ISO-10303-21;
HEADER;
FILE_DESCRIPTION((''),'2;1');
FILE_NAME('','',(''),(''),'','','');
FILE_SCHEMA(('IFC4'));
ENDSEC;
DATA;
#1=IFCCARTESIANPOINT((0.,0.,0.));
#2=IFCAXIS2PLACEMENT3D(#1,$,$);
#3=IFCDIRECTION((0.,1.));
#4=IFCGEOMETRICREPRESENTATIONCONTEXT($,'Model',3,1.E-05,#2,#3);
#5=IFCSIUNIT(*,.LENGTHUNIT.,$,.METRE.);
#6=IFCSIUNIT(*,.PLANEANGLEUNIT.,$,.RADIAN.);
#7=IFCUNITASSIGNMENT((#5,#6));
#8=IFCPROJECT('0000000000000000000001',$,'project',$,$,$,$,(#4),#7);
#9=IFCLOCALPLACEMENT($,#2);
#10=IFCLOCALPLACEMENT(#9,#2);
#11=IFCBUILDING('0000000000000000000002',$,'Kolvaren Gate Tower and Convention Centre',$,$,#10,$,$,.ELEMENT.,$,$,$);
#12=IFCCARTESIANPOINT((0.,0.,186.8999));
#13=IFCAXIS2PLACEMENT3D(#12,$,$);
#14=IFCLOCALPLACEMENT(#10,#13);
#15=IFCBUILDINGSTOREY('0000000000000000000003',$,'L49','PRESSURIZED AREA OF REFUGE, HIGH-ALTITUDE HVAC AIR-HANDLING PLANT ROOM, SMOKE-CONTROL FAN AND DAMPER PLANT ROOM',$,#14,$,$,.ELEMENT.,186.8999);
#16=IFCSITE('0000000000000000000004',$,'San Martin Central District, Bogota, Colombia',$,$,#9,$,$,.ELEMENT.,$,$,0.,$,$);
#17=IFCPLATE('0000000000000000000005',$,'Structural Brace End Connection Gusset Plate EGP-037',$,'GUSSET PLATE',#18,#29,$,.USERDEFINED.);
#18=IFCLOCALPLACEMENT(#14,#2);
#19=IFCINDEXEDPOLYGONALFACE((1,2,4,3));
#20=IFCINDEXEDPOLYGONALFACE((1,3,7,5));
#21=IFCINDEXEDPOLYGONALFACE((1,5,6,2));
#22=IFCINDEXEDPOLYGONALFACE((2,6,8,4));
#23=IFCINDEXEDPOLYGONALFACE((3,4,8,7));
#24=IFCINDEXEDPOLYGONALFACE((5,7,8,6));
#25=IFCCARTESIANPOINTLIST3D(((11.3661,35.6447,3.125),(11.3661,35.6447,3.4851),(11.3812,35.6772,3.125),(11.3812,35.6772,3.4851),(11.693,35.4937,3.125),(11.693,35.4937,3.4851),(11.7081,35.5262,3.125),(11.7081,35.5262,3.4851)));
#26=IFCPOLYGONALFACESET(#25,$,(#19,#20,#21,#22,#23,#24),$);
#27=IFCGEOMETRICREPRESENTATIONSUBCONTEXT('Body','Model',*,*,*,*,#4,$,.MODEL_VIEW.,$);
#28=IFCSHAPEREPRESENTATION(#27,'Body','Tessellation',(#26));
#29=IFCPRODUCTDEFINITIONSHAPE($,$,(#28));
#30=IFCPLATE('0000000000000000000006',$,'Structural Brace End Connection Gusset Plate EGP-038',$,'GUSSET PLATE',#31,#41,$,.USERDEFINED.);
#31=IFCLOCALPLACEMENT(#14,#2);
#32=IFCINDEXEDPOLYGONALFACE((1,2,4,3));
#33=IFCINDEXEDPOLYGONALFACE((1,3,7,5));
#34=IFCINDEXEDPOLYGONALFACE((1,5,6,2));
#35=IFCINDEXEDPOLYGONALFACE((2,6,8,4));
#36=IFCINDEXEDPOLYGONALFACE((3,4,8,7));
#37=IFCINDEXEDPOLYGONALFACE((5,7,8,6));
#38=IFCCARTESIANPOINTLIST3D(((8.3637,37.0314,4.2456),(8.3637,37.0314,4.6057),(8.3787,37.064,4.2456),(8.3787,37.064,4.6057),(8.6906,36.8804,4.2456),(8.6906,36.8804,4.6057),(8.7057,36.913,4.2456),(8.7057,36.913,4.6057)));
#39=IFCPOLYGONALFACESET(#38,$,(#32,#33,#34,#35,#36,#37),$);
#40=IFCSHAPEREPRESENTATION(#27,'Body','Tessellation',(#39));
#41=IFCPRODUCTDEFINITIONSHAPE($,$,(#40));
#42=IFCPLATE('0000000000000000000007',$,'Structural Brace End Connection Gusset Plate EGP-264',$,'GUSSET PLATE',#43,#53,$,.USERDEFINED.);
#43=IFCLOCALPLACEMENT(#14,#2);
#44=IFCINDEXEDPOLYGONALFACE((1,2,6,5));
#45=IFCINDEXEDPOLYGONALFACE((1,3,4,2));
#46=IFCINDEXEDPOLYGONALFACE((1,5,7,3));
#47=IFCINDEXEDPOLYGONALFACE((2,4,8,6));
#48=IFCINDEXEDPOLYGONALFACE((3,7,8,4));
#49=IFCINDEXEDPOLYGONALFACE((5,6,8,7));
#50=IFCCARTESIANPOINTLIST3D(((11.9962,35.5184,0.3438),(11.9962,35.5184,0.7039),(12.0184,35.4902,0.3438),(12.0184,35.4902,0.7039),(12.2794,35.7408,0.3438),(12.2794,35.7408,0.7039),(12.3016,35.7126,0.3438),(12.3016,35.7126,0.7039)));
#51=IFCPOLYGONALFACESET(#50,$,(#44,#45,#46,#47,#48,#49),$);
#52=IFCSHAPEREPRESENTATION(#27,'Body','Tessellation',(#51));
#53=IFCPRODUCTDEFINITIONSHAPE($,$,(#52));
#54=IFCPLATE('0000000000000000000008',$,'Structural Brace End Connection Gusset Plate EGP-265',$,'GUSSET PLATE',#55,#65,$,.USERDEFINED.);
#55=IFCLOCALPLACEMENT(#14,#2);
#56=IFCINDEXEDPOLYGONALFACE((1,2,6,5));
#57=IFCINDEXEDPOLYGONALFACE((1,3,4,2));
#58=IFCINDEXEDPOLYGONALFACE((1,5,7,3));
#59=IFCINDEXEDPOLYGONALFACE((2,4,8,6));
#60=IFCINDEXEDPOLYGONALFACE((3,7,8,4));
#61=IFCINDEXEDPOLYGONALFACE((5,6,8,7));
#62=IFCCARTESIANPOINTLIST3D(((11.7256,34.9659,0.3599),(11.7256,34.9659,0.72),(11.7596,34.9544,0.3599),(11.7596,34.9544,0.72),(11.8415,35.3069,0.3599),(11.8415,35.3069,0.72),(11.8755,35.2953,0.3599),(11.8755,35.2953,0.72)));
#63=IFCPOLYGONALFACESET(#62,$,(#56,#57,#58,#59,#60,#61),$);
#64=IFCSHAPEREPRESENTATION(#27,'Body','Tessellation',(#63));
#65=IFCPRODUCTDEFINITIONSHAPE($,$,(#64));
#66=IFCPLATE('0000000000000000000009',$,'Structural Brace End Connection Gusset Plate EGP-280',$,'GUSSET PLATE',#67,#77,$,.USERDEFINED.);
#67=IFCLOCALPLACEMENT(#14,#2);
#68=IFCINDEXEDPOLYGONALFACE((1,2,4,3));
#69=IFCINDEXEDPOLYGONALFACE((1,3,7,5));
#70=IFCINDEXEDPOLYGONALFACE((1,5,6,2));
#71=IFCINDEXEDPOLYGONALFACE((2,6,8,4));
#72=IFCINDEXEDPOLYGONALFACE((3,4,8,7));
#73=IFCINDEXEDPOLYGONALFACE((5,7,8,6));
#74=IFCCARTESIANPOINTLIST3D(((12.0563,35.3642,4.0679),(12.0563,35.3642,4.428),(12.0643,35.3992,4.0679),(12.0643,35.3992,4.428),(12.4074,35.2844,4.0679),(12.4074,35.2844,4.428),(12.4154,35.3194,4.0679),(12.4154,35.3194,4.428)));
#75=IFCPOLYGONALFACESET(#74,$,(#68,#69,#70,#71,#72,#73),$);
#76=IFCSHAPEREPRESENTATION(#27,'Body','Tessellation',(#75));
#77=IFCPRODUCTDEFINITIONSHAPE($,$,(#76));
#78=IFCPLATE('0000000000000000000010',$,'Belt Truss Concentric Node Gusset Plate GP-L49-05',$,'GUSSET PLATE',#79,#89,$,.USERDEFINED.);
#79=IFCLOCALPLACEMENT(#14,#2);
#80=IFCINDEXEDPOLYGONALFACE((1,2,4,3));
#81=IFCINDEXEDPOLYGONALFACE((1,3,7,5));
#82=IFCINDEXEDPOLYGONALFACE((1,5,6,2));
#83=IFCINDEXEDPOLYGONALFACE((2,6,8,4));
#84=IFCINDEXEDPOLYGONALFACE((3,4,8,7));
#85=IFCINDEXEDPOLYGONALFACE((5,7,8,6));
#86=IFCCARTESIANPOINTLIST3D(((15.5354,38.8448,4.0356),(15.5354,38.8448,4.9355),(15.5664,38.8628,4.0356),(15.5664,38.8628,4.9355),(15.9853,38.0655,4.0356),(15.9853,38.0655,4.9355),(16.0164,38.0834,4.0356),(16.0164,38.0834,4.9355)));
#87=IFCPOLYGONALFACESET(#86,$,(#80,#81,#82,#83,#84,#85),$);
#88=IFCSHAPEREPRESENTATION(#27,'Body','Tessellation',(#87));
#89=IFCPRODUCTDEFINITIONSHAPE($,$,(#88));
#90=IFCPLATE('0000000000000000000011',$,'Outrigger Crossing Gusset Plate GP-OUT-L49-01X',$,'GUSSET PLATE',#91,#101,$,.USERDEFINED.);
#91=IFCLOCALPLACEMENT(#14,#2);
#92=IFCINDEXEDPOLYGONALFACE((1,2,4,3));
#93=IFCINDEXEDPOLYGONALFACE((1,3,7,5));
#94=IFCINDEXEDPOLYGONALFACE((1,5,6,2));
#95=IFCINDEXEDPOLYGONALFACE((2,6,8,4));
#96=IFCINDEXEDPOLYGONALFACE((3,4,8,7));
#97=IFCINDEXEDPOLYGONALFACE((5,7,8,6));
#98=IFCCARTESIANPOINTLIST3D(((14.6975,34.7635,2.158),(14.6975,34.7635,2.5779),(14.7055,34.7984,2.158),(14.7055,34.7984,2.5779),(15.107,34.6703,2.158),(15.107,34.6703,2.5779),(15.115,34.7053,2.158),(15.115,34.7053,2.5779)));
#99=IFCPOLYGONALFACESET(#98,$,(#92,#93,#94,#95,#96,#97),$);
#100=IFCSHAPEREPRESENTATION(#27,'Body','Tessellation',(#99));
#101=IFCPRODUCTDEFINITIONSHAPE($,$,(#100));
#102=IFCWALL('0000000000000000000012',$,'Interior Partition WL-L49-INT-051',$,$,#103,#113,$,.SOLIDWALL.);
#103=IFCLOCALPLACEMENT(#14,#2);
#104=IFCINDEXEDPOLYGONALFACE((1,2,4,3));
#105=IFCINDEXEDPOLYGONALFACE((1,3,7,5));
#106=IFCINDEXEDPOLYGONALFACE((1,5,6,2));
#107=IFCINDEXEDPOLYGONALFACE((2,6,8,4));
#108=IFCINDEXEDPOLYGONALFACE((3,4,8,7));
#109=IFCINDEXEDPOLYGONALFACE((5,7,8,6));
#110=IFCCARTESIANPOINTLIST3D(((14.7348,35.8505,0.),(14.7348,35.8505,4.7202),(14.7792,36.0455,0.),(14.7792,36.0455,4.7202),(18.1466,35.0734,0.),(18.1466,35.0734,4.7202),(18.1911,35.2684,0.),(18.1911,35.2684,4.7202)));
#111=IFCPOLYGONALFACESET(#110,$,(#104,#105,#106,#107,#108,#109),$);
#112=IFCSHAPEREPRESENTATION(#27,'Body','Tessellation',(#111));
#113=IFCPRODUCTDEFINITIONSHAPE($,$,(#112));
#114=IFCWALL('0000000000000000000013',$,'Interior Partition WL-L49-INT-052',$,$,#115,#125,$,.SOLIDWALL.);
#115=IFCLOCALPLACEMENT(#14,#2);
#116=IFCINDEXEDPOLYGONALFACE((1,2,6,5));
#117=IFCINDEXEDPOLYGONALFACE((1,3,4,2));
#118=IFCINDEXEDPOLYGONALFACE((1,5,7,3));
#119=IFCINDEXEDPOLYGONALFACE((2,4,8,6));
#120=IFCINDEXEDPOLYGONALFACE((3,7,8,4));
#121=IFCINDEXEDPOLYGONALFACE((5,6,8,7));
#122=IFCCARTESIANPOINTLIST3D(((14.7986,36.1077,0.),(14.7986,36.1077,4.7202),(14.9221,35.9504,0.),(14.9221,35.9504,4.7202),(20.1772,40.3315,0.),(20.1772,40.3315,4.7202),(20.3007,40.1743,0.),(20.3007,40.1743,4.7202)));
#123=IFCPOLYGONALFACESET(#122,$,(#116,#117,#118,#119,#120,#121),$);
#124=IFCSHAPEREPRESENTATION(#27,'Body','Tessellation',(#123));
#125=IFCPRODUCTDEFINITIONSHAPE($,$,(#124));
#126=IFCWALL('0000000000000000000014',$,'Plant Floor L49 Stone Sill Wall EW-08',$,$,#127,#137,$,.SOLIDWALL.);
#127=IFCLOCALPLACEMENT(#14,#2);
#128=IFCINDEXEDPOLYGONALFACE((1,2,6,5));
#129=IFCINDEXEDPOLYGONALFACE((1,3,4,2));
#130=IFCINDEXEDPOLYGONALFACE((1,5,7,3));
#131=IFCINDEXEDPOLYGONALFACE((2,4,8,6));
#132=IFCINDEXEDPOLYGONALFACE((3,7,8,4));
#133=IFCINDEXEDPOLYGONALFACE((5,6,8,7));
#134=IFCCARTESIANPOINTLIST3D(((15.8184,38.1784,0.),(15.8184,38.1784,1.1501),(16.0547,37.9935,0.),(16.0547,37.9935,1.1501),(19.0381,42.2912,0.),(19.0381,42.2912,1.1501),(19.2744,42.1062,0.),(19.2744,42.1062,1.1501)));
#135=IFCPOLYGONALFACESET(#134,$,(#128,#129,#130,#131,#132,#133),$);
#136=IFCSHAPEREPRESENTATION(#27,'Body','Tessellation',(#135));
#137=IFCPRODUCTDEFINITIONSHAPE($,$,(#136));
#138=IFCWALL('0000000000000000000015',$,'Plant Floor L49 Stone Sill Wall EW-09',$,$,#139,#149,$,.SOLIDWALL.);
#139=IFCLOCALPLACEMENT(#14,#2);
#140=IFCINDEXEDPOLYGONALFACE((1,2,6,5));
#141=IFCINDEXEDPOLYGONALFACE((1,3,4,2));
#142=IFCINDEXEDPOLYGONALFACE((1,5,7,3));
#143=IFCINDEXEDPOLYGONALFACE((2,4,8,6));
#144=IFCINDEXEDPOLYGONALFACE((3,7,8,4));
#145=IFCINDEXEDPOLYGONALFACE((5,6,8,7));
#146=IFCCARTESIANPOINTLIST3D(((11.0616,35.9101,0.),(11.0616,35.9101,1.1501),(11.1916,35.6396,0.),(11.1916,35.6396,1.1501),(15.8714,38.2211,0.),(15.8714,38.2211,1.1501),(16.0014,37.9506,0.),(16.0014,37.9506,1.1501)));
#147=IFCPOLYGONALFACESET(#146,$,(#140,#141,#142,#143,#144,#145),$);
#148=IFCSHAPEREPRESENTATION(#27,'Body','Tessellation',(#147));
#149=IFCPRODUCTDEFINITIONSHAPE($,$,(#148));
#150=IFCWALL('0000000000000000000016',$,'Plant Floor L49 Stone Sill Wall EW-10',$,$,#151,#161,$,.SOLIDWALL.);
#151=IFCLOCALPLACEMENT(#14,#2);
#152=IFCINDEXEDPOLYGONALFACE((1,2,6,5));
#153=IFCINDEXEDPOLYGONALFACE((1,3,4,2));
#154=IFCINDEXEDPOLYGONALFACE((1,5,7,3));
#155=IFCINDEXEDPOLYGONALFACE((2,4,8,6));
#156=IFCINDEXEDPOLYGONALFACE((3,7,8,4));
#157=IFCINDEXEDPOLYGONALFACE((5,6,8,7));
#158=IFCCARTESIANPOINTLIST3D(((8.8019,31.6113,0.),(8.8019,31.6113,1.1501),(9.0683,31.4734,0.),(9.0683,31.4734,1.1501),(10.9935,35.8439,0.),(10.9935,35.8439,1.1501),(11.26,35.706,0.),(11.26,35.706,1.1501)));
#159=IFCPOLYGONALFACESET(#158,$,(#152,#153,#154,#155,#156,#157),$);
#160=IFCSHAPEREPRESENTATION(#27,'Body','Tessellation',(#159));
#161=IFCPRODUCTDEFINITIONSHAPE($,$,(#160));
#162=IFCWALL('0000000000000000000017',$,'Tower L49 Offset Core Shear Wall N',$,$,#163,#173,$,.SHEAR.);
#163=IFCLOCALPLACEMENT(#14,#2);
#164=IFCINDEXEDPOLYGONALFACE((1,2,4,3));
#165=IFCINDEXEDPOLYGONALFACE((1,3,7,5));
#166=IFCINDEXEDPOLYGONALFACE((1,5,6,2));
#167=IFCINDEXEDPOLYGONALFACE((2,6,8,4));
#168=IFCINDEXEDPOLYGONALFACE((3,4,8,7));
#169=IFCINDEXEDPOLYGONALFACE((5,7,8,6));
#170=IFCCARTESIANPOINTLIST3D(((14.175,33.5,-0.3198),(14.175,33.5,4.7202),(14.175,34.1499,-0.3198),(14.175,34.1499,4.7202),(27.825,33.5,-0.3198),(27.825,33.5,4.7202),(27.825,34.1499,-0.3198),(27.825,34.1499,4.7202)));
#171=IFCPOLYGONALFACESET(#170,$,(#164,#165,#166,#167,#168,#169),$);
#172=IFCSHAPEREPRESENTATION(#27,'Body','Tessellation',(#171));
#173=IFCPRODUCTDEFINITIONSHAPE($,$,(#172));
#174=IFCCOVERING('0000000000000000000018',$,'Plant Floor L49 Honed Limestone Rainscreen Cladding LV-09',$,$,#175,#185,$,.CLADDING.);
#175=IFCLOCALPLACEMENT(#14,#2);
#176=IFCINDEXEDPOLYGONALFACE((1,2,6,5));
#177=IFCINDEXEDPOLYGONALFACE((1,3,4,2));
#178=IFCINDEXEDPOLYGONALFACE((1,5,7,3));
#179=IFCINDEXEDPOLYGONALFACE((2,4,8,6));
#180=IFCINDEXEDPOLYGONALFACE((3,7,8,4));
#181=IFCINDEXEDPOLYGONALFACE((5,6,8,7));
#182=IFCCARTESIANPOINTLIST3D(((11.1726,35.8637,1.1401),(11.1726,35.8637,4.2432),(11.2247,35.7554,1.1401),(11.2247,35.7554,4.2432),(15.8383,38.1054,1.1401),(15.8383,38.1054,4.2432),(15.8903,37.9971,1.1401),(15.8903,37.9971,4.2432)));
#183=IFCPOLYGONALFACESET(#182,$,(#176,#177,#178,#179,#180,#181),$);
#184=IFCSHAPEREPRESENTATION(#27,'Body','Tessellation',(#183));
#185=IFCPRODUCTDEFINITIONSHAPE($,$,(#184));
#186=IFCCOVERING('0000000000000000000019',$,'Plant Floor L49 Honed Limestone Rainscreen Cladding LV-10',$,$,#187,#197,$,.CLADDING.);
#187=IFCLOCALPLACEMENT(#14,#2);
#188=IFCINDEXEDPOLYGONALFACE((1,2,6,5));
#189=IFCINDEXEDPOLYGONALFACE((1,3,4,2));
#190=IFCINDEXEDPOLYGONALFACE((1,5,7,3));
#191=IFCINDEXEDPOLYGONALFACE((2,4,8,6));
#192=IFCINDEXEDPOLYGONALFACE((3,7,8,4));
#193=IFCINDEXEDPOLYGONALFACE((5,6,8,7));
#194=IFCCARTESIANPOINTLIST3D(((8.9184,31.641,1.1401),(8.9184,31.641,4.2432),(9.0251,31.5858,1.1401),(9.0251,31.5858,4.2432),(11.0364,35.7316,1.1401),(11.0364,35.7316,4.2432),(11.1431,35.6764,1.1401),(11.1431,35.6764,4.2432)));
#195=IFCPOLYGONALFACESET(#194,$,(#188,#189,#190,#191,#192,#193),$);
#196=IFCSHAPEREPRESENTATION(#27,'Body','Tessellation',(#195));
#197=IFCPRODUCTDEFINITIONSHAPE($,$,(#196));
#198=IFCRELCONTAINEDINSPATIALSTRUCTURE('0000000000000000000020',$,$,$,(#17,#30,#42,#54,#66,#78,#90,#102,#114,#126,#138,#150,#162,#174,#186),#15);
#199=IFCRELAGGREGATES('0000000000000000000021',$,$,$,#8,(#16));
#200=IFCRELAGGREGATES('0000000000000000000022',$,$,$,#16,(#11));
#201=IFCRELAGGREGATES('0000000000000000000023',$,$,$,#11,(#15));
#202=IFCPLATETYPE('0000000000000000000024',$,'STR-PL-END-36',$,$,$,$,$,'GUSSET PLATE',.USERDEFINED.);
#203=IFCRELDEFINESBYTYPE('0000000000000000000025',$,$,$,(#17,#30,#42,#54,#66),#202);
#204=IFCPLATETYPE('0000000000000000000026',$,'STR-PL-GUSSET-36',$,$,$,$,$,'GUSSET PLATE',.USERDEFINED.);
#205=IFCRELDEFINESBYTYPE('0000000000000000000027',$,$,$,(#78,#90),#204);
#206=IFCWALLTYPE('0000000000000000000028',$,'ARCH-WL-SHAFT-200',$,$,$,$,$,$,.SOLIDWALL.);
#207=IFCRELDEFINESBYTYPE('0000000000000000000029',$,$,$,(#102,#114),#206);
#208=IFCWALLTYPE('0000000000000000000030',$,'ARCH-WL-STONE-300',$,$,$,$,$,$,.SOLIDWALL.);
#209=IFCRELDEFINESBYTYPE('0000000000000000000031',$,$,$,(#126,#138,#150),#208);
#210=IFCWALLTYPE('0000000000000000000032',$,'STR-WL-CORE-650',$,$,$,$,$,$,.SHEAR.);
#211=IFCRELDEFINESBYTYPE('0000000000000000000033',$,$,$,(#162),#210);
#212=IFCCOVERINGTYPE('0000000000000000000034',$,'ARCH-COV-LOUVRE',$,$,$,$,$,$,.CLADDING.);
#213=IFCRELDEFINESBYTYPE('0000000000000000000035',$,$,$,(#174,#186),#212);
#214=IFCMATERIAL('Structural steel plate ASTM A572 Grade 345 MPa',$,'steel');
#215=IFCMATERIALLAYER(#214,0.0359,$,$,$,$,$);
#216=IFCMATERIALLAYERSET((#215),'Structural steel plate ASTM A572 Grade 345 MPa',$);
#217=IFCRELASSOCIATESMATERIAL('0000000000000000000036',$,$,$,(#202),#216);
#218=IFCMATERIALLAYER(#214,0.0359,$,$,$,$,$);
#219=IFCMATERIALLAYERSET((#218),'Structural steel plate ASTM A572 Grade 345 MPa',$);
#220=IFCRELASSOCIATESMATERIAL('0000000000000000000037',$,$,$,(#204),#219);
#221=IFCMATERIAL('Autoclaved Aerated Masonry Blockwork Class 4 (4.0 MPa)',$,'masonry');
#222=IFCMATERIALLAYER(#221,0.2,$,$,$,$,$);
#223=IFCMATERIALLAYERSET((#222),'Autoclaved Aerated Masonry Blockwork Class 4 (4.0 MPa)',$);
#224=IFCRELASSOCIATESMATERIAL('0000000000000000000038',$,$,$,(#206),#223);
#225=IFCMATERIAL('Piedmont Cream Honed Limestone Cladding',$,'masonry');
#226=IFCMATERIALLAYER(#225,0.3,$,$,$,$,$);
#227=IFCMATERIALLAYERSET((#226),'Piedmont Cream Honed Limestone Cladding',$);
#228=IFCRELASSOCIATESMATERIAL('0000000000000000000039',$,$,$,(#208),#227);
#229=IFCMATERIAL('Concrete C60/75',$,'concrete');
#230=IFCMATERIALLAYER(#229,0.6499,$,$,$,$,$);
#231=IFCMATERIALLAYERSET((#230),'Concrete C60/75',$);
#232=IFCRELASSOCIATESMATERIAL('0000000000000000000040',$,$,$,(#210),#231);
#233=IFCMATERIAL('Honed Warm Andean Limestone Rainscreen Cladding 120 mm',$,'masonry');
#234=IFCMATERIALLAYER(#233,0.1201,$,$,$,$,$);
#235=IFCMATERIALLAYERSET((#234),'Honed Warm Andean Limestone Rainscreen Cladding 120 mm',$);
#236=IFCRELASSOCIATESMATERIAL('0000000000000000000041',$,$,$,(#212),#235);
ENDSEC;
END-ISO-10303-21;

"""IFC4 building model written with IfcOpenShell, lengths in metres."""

from ifc_helpers import new_model, si_unit, direction, frame, frame_2d, origin, origin_2d, place, context, subcontext, project, spatial, rectangle, extrude, material, layer, layer_set, type_object, element, save


model = new_model("IFC4")

# Units and contexts
model_context = context("Model", 3, precision=1e-05, world=origin(), true_north=direction((0.0, 1.0)))
body_context = subcontext(model_context, "Body", "Model", "MODEL_VIEW")
ifc_project = project(units=[si_unit("LENGTHUNIT", "METRE"), si_unit("PLANEANGLEUNIT", "RADIAN")], contexts=[model_context])

# Site, building, storey
site_placement = place(None, origin())
site = spatial("IfcSite", under=ifc_project, at=site_placement, Name="San Martin Central District, Bogota, Colombia", CompositionType="ELEMENT", RefElevation=0.0)
building_placement = place(site_placement, origin())
building = spatial("IfcBuilding", under=site, at=building_placement, Name="Kolvaren Gate Tower and Convention Centre", CompositionType="ELEMENT")
storey_placement = place(building_placement, frame((0.0, 0.0, 186.8999)))
storey = spatial("IfcBuildingStorey", under=building, at=storey_placement, Name="L49", Description="PRESSURIZED AREA OF REFUGE, HIGH-ALTITUDE HVAC AIR-HANDLING PLANT ROOM, SMOKE-CONTROL FAN AND DAMPER PLANT ROOM", CompositionType="ELEMENT", Elevation=186.8999)

# Plates
ifc_material_1 = material(Name="Structural steel plate ASTM A572 Grade 345 MPa", Category="steel")
ifc_layer_1 = layer(ifc_material_1, 0.0359)
ifc_layer_set_1 = layer_set([ifc_layer_1], Name="Structural steel plate ASTM A572 Grade 345 MPa")
plate_type_1 = type_object("IfcPlateType", Name="STR-PL-END-36", ElementType="GUSSET PLATE", PredefinedType="USERDEFINED", material=ifc_layer_set_1)
for number, where, z_axis, x_axis, name in (
    (1, (11.5371, 35.5854, 3.125), (0.0, 0.0, 1.0), (-0.907843, 0.419311, 0.0), "Structural Brace End Connection Gusset Plate EGP-037"),
    (2, (8.5347, 36.9722, 4.2456), (0.0, 0.0, 1.0), (-0.907843, 0.419311, 0.0), "Structural Brace End Connection Gusset Plate EGP-038"),
    (3, (12.1489, 35.6155, 0.3438), (0.0, 0.0, 1.0), (0.786452, 0.617651, 0.0), "Structural Brace End Connection Gusset Plate EGP-264"),
    (4, (11.8005, 35.1306, 0.3599), (0.0, 0.0, 1.0), (-0.321749, -0.946825, 0.0), "Structural Brace End Connection Gusset Plate EGP-265"),
    (5, (12.2358, 35.3418, 4.0679), (0.0, 0.0, 1.0), (-0.975084, 0.221836, 0.0), "Structural Brace End Connection Gusset Plate EGP-280"),
):
    element("IfcPlate", number, at=place(storey_placement, frame(where, z_axis=z_axis, x_axis=x_axis)), inside=storey, type_object=plate_type_1, Name=name, ObjectType="GUSSET PLATE", PredefinedType="USERDEFINED", context=body_context, shape_type="SweptSolid", body=[
        extrude(rectangle(XDim=0.3601, YDim=0.0359, at=origin_2d()), origin(), (0.0, 0.0, 1.0), 0.3601),
    ])
ifc_layer_2 = layer(ifc_material_1, 0.0359)
ifc_layer_set_2 = layer_set([ifc_layer_2], Name="Structural steel plate ASTM A572 Grade 345 MPa")
plate_type_2 = type_object("IfcPlateType", Name="STR-PL-GUSSET-36", ElementType="GUSSET PLATE", PredefinedType="USERDEFINED", material=ifc_layer_set_2)
plate_1_placement = place(storey_placement, frame((15.7759, 38.4641, 4.0356), z_axis=(0.0, 0.0, 1.0), x_axis=(-0.5, 0.866025, 0.0)))
element("IfcPlate", 6, at=plate_1_placement, inside=storey, type_object=plate_type_2, Name="Belt Truss Concentric Node Gusset Plate GP-L49-05", ObjectType="GUSSET PLATE", PredefinedType="USERDEFINED", context=body_context, shape_type="SweptSolid", body=[
    extrude(rectangle(XDim=0.8999, YDim=0.0359, at=origin_2d()), origin(), (0.0, 0.0, 1.0), 0.8999),
])
plate_2_placement = place(storey_placement, frame((14.9062, 34.7344, 2.158), z_axis=(0.0, 0.0, 1.0), x_axis=(-0.975084, 0.221836, 0.0)))
element("IfcPlate", 7, at=plate_2_placement, inside=storey, type_object=plate_type_2, Name="Outrigger Crossing Gusset Plate GP-OUT-L49-01X", ObjectType="GUSSET PLATE", PredefinedType="USERDEFINED", context=body_context, shape_type="SweptSolid", body=[
    extrude(rectangle(XDim=0.4199, YDim=0.0359, at=origin_2d()), origin(), (0.0, 0.0, 1.0), 0.4199),
])

# Walls
ifc_material_2 = material(Name="Autoclaved Aerated Masonry Blockwork Class 4 (4.0 MPa)", Category="masonry")
ifc_layer_3 = layer(ifc_material_2, 0.2)
ifc_layer_set_3 = layer_set([ifc_layer_3], Name="Autoclaved Aerated Masonry Blockwork Class 4 (4.0 MPa)")
wall_type_1 = type_object("IfcWallType", Name="ARCH-WL-SHAFT-200", PredefinedType="SOLIDWALL", material=ifc_layer_set_3)
wall_1_placement = place(storey_placement, frame((14.7571, 35.948, 0.0), z_axis=(0.0, 0.0, 1.0), x_axis=(0.975029, -0.222076, 0.0)))
element("IfcWall", 8, at=wall_1_placement, inside=storey, type_object=wall_type_1, Name="Interior Partition WL-L49-INT-051", PredefinedType="SOLIDWALL", context=body_context, shape_type="SweptSolid", body=[
    extrude(rectangle(XDim=3.4993, YDim=0.2, at=frame_2d((1.7495, 0.0))), origin(), (0.0, 0.0, 1.0), 4.7202),
])
wall_2_placement = place(storey_placement, frame((14.8604, 36.0291, 0.0), z_axis=(0.0, 0.0, 1.0), x_axis=(0.786476, 0.617621, 0.0)))
element("IfcWall", 9, at=wall_2_placement, inside=storey, type_object=wall_type_1, Name="Interior Partition WL-L49-INT-052", PredefinedType="SOLIDWALL", context=body_context, shape_type="SweptSolid", body=[
    extrude(rectangle(XDim=6.8389, YDim=0.2, at=frame_2d((3.4194, 0.0))), origin(), (0.0, 0.0, 1.0), 4.7202),
])
ifc_material_3 = material(Name="Piedmont Cream Honed Limestone Cladding", Category="masonry")
ifc_layer_4 = layer(ifc_material_3, 0.3)
ifc_layer_set_4 = layer_set([ifc_layer_4], Name="Piedmont Cream Honed Limestone Cladding")
wall_type_2 = type_object("IfcWallType", Name="ARCH-WL-STONE-300", PredefinedType="SOLIDWALL", material=ifc_layer_set_4)
wall_3_placement = place(storey_placement, frame((15.9365, 38.0859, 0.0), z_axis=(0.0, 0.0, 1.0), x_axis=(0.616429, 0.78741, 0.0)))
element("IfcWall", 10, at=wall_3_placement, inside=storey, type_object=wall_type_2, Name="Plant Floor L49 Stone Sill Wall EW-08", PredefinedType="SOLIDWALL", context=body_context, shape_type="SweptSolid", body=[
    extrude(rectangle(XDim=5.2231, YDim=0.3, at=frame_2d((2.6116, 0.0))), origin(), (0.0, 0.0, 1.0), 1.1501),
])
wall_4_placement = place(storey_placement, frame((11.1267, 35.7749, 0.0), z_axis=(0.0, 0.0, 1.0), x_axis=(0.901353, 0.433085, 0.0)))
element("IfcWall", 11, at=wall_4_placement, inside=storey, type_object=wall_type_2, Name="Plant Floor L49 Stone Sill Wall EW-09", PredefinedType="SOLIDWALL", context=body_context, shape_type="SweptSolid", body=[
    extrude(rectangle(XDim=5.3362, YDim=0.3, at=frame_2d((2.668, 0.0))), origin(), (0.0, 0.0, 1.0), 1.1501),
])
wall_5_placement = place(storey_placement, frame((8.9351, 31.5422, 0.0), z_axis=(0.0, 0.0, 1.0), x_axis=(0.45981, 0.888017, 0.0)))
element("IfcWall", 12, at=wall_5_placement, inside=storey, type_object=wall_type_2, Name="Plant Floor L49 Stone Sill Wall EW-10", PredefinedType="SOLIDWALL", context=body_context, shape_type="SweptSolid", body=[
    extrude(rectangle(XDim=4.7664, YDim=0.3, at=frame_2d((2.3833, 0.0))), origin(), (0.0, 0.0, 1.0), 1.1501),
])
ifc_material_4 = material(Name="Concrete C60/75", Category="concrete")
ifc_layer_5 = layer(ifc_material_4, 0.6499)
ifc_layer_set_5 = layer_set([ifc_layer_5], Name="Concrete C60/75")
wall_type_3 = type_object("IfcWallType", Name="STR-WL-CORE-650", PredefinedType="SHEAR", material=ifc_layer_set_5)
wall_6_placement = place(storey_placement, frame((14.175, 33.825, -0.3198), z_axis=(0.0, 0.0, 1.0), x_axis=(1.0, 0.0, 0.0)))
element("IfcWall", 13, at=wall_6_placement, inside=storey, type_object=wall_type_3, Name="Tower L49 Offset Core Shear Wall N", PredefinedType="SHEAR", context=body_context, shape_type="SweptSolid", body=[
    extrude(rectangle(XDim=13.6499, YDim=0.6499, at=frame_2d((6.825, 0.0))), origin(), (0.0, 0.0, 1.0), 5.04),
])

# Coverings
ifc_material_5 = material(Name="Honed Warm Andean Limestone Rainscreen Cladding 120 mm", Category="masonry")
ifc_layer_6 = layer(ifc_material_5, 0.1201)
ifc_layer_set_6 = layer_set([ifc_layer_6], Name="Honed Warm Andean Limestone Rainscreen Cladding 120 mm")
covering_type = type_object("IfcCoveringType", Name="ARCH-COV-LOUVRE", PredefinedType="CLADDING", material=ifc_layer_set_6)
covering_1_placement = place(storey_placement, frame((13.5315, 36.9304, 1.1401), z_axis=(0.0, 0.0, 1.0), x_axis=(0.901358, 0.433074, 0.0)))
element("IfcCovering", 14, at=covering_1_placement, inside=storey, type_object=covering_type, Name="Plant Floor L49 Honed Limestone Rainscreen Cladding LV-09", PredefinedType="CLADDING", context=body_context, shape_type="SweptSolid", body=[
    extrude(rectangle(XDim=5.1763, YDim=0.1201, at=origin_2d()), origin(), (0.0, 0.0, 1.0), 3.103),
])
covering_2_placement = place(storey_placement, frame((10.0308, 33.6587, 1.1401), z_axis=(0.0, 0.0, 1.0), x_axis=(0.459798, 0.888023, 0.0)))
element("IfcCovering", 15, at=covering_2_placement, inside=storey, type_object=covering_type, Name="Plant Floor L49 Honed Limestone Rainscreen Cladding LV-10", PredefinedType="CLADDING", context=body_context, shape_type="SweptSolid", body=[
    extrude(rectangle(XDim=4.6064, YDim=0.1201, at=origin_2d()), origin(), (0.0, 0.0, 1.0), 3.103),
])

save(model, "model.ifc")
